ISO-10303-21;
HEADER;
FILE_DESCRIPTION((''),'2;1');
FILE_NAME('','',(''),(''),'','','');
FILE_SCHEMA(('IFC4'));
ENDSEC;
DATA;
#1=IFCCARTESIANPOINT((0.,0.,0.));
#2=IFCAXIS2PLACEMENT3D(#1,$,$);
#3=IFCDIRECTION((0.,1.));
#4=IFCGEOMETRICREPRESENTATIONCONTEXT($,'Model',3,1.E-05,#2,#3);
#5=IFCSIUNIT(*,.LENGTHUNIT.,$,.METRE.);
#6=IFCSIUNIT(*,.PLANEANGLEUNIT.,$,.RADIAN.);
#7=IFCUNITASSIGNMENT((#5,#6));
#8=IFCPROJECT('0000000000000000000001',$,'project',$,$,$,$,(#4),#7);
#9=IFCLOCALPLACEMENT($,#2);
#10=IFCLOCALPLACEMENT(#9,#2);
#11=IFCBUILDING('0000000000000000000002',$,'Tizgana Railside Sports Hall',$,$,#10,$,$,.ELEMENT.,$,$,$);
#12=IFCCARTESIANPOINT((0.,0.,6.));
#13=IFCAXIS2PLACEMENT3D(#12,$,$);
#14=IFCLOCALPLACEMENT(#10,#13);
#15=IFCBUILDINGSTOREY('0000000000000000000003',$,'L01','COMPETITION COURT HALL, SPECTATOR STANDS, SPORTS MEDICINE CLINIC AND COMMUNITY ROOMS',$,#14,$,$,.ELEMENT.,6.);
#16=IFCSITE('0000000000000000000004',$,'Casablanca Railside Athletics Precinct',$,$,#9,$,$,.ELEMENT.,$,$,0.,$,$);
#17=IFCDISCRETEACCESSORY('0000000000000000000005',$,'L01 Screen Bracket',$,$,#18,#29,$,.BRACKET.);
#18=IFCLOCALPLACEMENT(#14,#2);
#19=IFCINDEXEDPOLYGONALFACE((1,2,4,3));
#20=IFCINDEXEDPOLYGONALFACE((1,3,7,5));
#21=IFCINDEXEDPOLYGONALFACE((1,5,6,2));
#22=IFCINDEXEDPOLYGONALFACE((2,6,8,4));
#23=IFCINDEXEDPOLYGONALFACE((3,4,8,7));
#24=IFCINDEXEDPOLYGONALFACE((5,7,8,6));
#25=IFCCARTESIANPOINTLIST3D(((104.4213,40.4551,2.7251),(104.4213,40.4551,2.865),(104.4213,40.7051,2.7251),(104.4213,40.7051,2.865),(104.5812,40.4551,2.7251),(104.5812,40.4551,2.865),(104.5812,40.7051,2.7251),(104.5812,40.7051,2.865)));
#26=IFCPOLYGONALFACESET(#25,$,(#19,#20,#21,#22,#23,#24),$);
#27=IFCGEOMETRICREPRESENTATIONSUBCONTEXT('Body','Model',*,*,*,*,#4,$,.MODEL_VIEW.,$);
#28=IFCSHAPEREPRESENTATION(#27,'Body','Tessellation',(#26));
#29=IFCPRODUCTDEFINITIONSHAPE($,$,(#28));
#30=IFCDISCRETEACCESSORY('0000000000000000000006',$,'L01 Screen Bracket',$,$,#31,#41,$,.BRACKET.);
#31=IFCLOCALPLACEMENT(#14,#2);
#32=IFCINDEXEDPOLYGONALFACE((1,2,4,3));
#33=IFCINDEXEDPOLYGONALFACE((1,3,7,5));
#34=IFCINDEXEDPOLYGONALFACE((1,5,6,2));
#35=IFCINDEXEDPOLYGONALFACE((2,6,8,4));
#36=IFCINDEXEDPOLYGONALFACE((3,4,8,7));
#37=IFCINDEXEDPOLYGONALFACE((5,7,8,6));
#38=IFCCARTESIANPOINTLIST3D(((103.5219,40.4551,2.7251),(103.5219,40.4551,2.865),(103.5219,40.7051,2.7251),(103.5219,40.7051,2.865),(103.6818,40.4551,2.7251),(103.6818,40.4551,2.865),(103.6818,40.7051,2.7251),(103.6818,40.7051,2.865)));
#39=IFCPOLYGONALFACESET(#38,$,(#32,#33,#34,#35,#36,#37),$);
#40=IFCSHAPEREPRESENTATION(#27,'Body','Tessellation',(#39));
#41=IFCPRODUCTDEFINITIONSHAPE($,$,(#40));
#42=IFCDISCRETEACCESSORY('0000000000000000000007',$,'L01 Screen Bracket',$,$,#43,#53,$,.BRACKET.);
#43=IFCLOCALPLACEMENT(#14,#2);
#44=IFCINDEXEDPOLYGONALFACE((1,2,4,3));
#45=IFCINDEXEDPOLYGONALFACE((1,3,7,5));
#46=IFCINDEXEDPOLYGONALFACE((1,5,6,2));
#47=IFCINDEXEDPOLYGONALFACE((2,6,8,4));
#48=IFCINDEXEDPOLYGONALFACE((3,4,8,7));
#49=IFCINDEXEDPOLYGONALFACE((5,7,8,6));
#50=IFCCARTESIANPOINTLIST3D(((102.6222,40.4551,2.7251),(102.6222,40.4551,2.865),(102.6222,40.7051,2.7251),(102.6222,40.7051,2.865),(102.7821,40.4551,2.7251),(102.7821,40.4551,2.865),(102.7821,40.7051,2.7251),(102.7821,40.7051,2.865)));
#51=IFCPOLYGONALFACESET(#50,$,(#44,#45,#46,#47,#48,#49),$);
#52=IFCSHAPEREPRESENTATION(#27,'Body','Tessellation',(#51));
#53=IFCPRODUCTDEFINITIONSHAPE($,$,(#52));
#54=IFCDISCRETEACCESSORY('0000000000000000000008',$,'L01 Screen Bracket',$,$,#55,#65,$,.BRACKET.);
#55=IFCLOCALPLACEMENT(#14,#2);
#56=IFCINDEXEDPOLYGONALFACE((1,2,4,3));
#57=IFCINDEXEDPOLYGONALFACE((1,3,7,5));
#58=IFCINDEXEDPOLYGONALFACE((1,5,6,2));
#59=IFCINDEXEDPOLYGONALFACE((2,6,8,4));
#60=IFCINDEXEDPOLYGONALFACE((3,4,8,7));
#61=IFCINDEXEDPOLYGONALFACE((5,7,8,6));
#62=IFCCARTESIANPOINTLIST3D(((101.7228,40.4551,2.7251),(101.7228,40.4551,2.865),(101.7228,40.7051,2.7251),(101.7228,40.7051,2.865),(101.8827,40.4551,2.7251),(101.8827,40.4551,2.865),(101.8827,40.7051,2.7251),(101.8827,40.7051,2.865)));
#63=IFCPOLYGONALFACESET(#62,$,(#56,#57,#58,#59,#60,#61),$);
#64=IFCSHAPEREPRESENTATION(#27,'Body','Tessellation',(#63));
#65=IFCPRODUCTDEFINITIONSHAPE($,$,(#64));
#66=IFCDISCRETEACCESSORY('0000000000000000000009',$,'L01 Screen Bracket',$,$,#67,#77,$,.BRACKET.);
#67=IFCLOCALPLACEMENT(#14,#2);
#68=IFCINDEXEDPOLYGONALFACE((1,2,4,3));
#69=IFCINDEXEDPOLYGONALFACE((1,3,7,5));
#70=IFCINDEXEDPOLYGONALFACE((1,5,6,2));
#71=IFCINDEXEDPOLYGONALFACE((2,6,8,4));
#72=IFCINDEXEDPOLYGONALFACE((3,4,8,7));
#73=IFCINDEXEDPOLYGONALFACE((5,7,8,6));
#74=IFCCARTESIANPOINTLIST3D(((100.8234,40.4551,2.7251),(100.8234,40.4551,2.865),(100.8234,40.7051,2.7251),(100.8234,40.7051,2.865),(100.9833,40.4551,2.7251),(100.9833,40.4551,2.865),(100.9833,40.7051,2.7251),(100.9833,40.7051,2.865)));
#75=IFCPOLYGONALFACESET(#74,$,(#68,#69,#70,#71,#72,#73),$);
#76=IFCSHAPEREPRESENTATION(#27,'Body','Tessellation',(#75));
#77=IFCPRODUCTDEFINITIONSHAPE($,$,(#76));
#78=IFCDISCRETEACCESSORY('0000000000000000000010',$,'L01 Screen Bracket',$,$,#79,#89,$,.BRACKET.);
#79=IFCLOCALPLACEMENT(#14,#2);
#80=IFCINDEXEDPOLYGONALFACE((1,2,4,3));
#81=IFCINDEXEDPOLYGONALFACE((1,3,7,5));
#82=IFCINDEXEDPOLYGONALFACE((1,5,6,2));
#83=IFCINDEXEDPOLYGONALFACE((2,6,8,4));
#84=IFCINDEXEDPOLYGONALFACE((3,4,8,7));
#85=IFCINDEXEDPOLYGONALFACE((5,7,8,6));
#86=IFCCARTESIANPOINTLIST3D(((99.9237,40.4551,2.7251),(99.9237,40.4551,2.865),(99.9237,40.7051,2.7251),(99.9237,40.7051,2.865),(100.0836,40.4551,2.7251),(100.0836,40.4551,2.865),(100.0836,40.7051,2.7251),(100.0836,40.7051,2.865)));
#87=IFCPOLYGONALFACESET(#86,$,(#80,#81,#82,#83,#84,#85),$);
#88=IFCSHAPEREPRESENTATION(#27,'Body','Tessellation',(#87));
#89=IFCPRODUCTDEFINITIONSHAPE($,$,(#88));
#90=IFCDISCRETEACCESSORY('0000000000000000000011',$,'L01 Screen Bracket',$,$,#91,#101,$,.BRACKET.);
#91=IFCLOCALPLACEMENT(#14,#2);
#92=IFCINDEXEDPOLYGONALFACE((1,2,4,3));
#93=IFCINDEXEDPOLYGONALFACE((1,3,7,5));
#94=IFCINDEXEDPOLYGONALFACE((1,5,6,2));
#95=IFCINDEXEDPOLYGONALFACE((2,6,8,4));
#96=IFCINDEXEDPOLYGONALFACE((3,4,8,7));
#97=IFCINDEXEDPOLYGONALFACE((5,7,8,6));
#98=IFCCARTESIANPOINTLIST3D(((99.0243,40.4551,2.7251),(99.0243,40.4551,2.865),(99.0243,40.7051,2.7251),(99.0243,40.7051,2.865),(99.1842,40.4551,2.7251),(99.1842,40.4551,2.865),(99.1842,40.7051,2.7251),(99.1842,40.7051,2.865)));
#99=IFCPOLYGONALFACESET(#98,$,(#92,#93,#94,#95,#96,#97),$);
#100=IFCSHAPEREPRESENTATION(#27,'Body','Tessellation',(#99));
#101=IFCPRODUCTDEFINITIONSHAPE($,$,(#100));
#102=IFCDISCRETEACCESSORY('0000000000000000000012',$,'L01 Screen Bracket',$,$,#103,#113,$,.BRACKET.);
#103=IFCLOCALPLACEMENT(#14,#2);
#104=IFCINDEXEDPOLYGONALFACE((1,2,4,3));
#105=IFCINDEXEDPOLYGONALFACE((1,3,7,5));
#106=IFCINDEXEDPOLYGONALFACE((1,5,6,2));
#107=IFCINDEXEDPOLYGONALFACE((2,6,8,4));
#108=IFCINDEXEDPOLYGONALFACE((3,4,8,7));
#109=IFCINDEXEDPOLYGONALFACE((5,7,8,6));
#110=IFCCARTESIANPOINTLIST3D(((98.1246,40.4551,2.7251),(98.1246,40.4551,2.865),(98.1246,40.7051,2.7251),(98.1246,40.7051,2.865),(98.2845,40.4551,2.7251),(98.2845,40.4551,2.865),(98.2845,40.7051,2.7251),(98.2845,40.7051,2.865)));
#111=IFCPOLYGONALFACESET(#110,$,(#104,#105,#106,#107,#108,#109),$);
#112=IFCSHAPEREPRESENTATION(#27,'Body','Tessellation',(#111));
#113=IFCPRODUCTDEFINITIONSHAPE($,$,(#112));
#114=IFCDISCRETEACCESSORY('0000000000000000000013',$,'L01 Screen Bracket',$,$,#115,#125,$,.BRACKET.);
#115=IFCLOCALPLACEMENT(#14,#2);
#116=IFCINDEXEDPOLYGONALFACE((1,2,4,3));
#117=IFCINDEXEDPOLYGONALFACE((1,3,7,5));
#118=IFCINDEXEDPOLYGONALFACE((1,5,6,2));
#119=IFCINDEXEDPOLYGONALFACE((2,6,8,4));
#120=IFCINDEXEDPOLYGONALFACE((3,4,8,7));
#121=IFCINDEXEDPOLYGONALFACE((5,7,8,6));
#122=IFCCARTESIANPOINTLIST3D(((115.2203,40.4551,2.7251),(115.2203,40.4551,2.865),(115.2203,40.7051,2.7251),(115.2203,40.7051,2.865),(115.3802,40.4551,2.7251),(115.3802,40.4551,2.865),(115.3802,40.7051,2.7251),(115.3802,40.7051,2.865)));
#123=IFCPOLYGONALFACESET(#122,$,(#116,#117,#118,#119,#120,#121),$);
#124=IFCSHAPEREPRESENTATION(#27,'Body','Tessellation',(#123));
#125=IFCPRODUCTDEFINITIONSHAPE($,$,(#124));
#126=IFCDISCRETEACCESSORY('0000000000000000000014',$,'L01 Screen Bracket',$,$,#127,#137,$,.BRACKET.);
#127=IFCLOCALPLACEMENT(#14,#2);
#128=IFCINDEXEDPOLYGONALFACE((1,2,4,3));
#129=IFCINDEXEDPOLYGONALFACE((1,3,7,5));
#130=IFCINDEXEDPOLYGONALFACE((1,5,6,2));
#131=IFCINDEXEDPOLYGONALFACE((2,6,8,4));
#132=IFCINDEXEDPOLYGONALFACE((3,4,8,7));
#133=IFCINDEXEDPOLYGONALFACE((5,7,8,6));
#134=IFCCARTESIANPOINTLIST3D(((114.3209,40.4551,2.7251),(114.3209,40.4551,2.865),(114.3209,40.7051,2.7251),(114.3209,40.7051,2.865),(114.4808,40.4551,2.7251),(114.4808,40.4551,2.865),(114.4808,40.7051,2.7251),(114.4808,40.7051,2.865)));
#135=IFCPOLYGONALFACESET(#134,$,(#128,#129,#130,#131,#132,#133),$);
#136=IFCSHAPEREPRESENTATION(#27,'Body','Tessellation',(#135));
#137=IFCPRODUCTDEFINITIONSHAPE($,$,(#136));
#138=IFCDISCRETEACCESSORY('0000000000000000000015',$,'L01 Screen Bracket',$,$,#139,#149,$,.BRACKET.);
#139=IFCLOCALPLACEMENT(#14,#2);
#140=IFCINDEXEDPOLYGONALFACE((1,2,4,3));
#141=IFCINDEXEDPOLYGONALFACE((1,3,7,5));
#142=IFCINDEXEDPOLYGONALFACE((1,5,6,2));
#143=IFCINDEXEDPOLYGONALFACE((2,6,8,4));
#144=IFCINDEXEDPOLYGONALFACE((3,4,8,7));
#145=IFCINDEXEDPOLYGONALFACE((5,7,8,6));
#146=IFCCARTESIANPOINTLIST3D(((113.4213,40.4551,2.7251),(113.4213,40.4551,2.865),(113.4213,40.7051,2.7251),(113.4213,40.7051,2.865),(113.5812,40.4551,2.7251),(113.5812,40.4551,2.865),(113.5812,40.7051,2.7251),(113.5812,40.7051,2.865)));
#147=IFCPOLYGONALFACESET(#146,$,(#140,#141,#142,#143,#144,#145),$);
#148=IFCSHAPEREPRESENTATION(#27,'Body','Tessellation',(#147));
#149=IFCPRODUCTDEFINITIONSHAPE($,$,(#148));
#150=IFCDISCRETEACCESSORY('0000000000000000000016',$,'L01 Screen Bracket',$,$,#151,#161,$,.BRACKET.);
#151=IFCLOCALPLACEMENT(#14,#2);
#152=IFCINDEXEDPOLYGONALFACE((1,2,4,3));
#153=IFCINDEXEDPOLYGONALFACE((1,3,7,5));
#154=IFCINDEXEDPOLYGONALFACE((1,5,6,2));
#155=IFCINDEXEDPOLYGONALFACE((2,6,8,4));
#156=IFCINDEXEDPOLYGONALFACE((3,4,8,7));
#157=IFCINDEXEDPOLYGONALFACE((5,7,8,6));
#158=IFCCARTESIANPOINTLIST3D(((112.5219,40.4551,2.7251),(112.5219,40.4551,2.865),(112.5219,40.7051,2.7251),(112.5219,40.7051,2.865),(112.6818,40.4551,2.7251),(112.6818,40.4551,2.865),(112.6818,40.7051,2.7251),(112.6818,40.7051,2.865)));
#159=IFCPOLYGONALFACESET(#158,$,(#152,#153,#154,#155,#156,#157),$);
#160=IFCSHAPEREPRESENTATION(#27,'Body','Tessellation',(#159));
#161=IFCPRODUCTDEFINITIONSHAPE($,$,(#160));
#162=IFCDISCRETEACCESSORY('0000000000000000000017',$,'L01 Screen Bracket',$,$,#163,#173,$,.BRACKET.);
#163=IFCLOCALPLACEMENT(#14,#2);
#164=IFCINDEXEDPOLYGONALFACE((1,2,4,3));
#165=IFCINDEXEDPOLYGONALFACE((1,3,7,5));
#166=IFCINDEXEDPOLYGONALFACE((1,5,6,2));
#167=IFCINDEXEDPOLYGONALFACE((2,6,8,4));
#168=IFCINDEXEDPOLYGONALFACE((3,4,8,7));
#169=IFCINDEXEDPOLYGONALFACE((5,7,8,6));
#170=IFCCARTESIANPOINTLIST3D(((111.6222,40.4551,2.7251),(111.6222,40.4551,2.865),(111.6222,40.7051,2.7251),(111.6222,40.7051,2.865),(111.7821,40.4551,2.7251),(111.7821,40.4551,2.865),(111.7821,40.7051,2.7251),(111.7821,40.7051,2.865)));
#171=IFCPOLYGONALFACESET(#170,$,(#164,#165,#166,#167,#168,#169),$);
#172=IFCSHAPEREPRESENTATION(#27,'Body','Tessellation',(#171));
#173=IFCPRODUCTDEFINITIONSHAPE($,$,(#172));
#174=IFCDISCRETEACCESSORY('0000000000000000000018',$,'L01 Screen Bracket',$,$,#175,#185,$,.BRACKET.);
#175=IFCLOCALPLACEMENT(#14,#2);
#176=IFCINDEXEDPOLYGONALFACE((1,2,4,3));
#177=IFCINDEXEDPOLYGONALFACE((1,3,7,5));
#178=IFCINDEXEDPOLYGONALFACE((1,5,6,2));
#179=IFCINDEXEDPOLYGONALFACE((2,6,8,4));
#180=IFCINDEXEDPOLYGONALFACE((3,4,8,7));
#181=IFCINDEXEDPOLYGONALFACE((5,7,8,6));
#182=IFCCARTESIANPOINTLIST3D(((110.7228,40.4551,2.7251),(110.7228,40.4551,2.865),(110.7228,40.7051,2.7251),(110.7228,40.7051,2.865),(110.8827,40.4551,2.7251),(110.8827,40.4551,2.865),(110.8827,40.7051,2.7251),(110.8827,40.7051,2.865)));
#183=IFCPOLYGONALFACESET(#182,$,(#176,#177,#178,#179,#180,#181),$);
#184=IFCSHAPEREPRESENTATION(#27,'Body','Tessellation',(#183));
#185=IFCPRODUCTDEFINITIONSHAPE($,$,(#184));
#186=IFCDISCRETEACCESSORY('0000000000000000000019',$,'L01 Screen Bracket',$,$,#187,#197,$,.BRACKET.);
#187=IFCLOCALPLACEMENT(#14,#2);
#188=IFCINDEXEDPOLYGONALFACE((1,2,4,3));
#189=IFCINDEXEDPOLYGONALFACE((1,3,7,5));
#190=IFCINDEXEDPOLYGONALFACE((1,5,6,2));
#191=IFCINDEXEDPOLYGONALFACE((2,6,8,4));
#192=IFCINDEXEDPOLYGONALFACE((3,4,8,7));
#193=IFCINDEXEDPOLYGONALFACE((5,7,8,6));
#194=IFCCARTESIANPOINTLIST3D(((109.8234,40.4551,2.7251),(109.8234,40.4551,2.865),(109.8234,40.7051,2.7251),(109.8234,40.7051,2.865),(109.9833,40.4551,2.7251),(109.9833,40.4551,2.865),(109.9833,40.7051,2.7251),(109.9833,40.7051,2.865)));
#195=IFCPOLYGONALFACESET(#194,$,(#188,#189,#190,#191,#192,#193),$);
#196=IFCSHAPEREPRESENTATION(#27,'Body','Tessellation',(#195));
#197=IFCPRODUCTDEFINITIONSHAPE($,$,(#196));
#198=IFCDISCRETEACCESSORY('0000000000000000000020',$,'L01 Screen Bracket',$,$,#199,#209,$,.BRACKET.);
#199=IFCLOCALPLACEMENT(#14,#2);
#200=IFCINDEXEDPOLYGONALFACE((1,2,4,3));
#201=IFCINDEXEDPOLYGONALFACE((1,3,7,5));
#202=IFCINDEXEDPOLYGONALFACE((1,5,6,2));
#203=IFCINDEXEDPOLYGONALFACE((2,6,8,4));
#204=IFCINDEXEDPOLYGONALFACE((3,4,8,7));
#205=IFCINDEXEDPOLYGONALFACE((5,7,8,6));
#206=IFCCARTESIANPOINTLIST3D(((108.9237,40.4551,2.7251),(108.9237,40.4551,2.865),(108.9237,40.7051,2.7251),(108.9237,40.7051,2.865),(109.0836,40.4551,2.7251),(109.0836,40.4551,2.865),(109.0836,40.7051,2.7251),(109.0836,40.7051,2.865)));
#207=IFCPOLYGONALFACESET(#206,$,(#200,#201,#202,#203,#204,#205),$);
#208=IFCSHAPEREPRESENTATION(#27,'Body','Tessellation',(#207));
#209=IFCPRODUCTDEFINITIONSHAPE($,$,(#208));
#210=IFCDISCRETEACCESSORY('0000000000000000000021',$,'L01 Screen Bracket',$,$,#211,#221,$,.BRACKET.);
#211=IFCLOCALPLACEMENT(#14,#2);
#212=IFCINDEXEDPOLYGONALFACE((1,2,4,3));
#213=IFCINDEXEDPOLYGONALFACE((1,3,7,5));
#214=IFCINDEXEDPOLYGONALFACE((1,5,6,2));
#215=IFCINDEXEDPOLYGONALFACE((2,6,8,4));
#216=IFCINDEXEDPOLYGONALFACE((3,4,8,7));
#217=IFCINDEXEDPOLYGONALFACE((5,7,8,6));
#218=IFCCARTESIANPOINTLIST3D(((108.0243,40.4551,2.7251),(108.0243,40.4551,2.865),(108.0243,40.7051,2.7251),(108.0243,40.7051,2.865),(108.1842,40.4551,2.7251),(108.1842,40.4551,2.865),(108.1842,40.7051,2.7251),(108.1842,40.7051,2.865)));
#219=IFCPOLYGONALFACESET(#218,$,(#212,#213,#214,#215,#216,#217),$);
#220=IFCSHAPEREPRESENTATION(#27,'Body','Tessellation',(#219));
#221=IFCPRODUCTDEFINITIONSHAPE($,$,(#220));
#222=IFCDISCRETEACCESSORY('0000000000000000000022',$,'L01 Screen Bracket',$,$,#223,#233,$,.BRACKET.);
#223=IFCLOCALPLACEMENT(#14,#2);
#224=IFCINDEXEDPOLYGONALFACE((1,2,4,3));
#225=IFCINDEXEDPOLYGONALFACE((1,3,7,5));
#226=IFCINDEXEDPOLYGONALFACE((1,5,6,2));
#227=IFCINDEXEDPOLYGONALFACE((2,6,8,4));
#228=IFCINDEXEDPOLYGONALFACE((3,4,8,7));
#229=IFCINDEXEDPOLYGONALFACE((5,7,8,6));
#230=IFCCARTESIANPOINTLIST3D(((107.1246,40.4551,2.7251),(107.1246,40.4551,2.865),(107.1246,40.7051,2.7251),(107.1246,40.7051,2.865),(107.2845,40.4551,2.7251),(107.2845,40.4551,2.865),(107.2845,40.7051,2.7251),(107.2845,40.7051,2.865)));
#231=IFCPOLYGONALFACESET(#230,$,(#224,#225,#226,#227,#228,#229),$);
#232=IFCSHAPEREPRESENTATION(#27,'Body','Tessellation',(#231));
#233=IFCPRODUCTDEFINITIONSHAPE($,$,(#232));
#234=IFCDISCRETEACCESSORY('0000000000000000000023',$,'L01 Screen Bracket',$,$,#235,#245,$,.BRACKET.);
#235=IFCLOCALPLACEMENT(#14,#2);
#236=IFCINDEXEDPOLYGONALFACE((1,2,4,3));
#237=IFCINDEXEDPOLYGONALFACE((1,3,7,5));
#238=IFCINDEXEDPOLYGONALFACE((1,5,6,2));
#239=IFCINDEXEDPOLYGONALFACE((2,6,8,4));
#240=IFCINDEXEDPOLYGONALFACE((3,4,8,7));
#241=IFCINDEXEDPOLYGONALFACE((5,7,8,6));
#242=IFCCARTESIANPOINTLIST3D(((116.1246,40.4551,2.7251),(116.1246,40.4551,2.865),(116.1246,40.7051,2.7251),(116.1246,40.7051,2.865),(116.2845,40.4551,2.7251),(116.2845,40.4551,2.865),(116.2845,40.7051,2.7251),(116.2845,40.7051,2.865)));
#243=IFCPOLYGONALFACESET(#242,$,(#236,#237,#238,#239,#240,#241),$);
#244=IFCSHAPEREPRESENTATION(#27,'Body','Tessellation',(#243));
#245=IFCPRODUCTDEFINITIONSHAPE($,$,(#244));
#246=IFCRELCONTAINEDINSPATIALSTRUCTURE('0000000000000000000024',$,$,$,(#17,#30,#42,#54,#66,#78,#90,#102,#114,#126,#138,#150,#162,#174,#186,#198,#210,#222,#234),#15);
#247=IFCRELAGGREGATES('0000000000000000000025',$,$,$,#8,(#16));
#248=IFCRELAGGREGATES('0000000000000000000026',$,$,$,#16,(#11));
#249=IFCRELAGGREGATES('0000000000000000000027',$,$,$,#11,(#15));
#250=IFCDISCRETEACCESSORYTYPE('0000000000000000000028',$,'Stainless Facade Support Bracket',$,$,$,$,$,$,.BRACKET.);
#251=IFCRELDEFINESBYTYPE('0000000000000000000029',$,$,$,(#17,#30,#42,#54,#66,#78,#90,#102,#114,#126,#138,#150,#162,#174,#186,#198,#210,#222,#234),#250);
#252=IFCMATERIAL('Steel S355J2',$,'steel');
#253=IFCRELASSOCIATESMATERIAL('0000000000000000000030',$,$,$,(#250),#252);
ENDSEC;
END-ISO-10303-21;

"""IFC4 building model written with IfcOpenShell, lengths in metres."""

from ifc_helpers import new_model, si_unit, direction, frame, origin, origin_2d, place, context, subcontext, project, spatial, rectangle, extrude, material, type_object, element, save


model = new_model("IFC4")

# Units and contexts
model_context = context("Model", 3, precision=1e-05, world=origin(), true_north=direction((0.0, 1.0)))
body_context = subcontext(model_context, "Body", "Model", "MODEL_VIEW")
ifc_project = project(units=[si_unit("LENGTHUNIT", "METRE"), si_unit("PLANEANGLEUNIT", "RADIAN")], contexts=[model_context])

# Site, building, storey
site_placement = place(None, origin())
site = spatial("IfcSite", under=ifc_project, at=site_placement, Name="Casablanca Railside Athletics Precinct", CompositionType="ELEMENT", RefElevation=0.0)
building_placement = place(site_placement, origin())
building = spatial("IfcBuilding", under=site, at=building_placement, Name="Tizgana Railside Sports Hall", CompositionType="ELEMENT")
storey_placement = place(building_placement, frame((0.0, 0.0, 6.0)))
storey = spatial("IfcBuildingStorey", under=building, at=storey_placement, Name="L01", Description="COMPETITION COURT HALL, SPECTATOR STANDS, SPORTS MEDICINE CLINIC AND COMMUNITY ROOMS", CompositionType="ELEMENT", Elevation=6.0)

# Discrete accessories
ifc_material_1 = material(Name="Steel S355J2", Category="steel")
discrete_accessory_type = type_object("IfcDiscreteAccessoryType", Name="Stainless Facade Support Bracket", PredefinedType="BRACKET", material=ifc_material_1)
for number, where, z_axis, x_axis, name in (
    (1, (104.5012, 40.5801, 2.7251), (0.0, 0.0, 1.0), (-1.0, 0.0, 0.0), "L01 Screen Bracket"),
    (2, (103.6018, 40.5801, 2.7251), (0.0, 0.0, 1.0), (-1.0, 0.0, 0.0), "L01 Screen Bracket"),
    (3, (102.7021, 40.5801, 2.7251), (0.0, 0.0, 1.0), (-1.0, 0.0, 0.0), "L01 Screen Bracket"),
    (4, (101.8027, 40.5801, 2.7251), (0.0, 0.0, 1.0), (-1.0, 0.0, 0.0), "L01 Screen Bracket"),
    (5, (100.9033, 40.5801, 2.7251), (0.0, 0.0, 1.0), (-1.0, 0.0, 0.0), "L01 Screen Bracket"),
    (6, (100.0037, 40.5801, 2.7251), (0.0, 0.0, 1.0), (-1.0, 0.0, 0.0), "L01 Screen Bracket"),
    (7, (99.1042, 40.5801, 2.7251), (0.0, 0.0, 1.0), (-1.0, 0.0, 0.0), "L01 Screen Bracket"),
    (8, (98.2046, 40.5801, 2.7251), (0.0, 0.0, 1.0), (-1.0, 0.0, 0.0), "L01 Screen Bracket"),
    (9, (115.3003, 40.5801, 2.7251), (0.0, 0.0, 1.0), (-1.0, 0.0, 0.0), "L01 Screen Bracket"),
    (10, (114.4009, 40.5801, 2.7251), (0.0, 0.0, 1.0), (-1.0, 0.0, 0.0), "L01 Screen Bracket"),
    (11, (113.5012, 40.5801, 2.7251), (0.0, 0.0, 1.0), (-1.0, 0.0, 0.0), "L01 Screen Bracket"),
    (12, (112.6018, 40.5801, 2.7251), (0.0, 0.0, 1.0), (-1.0, 0.0, 0.0), "L01 Screen Bracket"),
    (13, (111.7021, 40.5801, 2.7251), (0.0, 0.0, 1.0), (-1.0, 0.0, 0.0), "L01 Screen Bracket"),
    (14, (110.8027, 40.5801, 2.7251), (0.0, 0.0, 1.0), (-1.0, 0.0, 0.0), "L01 Screen Bracket"),
    (15, (109.9033, 40.5801, 2.7251), (0.0, 0.0, 1.0), (-1.0, 0.0, 0.0), "L01 Screen Bracket"),
    (16, (109.0037, 40.5801, 2.7251), (0.0, 0.0, 1.0), (-1.0, 0.0, 0.0), "L01 Screen Bracket"),
    (17, (108.1042, 40.5801, 2.7251), (0.0, 0.0, 1.0), (-1.0, 0.0, 0.0), "L01 Screen Bracket"),
    (18, (107.2046, 40.5801, 2.7251), (0.0, 0.0, 1.0), (-1.0, 0.0, 0.0), "L01 Screen Bracket"),
    (19, (116.2046, 40.5801, 2.7251), (0.0, 0.0, 1.0), (-1.0, 0.0, 0.0), "L01 Screen Bracket"),
):
    element("IfcDiscreteAccessory", number, at=place(storey_placement, frame(where, z_axis=z_axis, x_axis=x_axis)), inside=storey, type_object=discrete_accessory_type, Name=name, PredefinedType="BRACKET", context=body_context, shape_type="SweptSolid", body=[
        extrude(rectangle(XDim=0.1599, YDim=0.25, at=origin_2d()), origin(), (0.0, 0.0, 1.0), 0.1399),
    ])

save(model, "model.ifc")
